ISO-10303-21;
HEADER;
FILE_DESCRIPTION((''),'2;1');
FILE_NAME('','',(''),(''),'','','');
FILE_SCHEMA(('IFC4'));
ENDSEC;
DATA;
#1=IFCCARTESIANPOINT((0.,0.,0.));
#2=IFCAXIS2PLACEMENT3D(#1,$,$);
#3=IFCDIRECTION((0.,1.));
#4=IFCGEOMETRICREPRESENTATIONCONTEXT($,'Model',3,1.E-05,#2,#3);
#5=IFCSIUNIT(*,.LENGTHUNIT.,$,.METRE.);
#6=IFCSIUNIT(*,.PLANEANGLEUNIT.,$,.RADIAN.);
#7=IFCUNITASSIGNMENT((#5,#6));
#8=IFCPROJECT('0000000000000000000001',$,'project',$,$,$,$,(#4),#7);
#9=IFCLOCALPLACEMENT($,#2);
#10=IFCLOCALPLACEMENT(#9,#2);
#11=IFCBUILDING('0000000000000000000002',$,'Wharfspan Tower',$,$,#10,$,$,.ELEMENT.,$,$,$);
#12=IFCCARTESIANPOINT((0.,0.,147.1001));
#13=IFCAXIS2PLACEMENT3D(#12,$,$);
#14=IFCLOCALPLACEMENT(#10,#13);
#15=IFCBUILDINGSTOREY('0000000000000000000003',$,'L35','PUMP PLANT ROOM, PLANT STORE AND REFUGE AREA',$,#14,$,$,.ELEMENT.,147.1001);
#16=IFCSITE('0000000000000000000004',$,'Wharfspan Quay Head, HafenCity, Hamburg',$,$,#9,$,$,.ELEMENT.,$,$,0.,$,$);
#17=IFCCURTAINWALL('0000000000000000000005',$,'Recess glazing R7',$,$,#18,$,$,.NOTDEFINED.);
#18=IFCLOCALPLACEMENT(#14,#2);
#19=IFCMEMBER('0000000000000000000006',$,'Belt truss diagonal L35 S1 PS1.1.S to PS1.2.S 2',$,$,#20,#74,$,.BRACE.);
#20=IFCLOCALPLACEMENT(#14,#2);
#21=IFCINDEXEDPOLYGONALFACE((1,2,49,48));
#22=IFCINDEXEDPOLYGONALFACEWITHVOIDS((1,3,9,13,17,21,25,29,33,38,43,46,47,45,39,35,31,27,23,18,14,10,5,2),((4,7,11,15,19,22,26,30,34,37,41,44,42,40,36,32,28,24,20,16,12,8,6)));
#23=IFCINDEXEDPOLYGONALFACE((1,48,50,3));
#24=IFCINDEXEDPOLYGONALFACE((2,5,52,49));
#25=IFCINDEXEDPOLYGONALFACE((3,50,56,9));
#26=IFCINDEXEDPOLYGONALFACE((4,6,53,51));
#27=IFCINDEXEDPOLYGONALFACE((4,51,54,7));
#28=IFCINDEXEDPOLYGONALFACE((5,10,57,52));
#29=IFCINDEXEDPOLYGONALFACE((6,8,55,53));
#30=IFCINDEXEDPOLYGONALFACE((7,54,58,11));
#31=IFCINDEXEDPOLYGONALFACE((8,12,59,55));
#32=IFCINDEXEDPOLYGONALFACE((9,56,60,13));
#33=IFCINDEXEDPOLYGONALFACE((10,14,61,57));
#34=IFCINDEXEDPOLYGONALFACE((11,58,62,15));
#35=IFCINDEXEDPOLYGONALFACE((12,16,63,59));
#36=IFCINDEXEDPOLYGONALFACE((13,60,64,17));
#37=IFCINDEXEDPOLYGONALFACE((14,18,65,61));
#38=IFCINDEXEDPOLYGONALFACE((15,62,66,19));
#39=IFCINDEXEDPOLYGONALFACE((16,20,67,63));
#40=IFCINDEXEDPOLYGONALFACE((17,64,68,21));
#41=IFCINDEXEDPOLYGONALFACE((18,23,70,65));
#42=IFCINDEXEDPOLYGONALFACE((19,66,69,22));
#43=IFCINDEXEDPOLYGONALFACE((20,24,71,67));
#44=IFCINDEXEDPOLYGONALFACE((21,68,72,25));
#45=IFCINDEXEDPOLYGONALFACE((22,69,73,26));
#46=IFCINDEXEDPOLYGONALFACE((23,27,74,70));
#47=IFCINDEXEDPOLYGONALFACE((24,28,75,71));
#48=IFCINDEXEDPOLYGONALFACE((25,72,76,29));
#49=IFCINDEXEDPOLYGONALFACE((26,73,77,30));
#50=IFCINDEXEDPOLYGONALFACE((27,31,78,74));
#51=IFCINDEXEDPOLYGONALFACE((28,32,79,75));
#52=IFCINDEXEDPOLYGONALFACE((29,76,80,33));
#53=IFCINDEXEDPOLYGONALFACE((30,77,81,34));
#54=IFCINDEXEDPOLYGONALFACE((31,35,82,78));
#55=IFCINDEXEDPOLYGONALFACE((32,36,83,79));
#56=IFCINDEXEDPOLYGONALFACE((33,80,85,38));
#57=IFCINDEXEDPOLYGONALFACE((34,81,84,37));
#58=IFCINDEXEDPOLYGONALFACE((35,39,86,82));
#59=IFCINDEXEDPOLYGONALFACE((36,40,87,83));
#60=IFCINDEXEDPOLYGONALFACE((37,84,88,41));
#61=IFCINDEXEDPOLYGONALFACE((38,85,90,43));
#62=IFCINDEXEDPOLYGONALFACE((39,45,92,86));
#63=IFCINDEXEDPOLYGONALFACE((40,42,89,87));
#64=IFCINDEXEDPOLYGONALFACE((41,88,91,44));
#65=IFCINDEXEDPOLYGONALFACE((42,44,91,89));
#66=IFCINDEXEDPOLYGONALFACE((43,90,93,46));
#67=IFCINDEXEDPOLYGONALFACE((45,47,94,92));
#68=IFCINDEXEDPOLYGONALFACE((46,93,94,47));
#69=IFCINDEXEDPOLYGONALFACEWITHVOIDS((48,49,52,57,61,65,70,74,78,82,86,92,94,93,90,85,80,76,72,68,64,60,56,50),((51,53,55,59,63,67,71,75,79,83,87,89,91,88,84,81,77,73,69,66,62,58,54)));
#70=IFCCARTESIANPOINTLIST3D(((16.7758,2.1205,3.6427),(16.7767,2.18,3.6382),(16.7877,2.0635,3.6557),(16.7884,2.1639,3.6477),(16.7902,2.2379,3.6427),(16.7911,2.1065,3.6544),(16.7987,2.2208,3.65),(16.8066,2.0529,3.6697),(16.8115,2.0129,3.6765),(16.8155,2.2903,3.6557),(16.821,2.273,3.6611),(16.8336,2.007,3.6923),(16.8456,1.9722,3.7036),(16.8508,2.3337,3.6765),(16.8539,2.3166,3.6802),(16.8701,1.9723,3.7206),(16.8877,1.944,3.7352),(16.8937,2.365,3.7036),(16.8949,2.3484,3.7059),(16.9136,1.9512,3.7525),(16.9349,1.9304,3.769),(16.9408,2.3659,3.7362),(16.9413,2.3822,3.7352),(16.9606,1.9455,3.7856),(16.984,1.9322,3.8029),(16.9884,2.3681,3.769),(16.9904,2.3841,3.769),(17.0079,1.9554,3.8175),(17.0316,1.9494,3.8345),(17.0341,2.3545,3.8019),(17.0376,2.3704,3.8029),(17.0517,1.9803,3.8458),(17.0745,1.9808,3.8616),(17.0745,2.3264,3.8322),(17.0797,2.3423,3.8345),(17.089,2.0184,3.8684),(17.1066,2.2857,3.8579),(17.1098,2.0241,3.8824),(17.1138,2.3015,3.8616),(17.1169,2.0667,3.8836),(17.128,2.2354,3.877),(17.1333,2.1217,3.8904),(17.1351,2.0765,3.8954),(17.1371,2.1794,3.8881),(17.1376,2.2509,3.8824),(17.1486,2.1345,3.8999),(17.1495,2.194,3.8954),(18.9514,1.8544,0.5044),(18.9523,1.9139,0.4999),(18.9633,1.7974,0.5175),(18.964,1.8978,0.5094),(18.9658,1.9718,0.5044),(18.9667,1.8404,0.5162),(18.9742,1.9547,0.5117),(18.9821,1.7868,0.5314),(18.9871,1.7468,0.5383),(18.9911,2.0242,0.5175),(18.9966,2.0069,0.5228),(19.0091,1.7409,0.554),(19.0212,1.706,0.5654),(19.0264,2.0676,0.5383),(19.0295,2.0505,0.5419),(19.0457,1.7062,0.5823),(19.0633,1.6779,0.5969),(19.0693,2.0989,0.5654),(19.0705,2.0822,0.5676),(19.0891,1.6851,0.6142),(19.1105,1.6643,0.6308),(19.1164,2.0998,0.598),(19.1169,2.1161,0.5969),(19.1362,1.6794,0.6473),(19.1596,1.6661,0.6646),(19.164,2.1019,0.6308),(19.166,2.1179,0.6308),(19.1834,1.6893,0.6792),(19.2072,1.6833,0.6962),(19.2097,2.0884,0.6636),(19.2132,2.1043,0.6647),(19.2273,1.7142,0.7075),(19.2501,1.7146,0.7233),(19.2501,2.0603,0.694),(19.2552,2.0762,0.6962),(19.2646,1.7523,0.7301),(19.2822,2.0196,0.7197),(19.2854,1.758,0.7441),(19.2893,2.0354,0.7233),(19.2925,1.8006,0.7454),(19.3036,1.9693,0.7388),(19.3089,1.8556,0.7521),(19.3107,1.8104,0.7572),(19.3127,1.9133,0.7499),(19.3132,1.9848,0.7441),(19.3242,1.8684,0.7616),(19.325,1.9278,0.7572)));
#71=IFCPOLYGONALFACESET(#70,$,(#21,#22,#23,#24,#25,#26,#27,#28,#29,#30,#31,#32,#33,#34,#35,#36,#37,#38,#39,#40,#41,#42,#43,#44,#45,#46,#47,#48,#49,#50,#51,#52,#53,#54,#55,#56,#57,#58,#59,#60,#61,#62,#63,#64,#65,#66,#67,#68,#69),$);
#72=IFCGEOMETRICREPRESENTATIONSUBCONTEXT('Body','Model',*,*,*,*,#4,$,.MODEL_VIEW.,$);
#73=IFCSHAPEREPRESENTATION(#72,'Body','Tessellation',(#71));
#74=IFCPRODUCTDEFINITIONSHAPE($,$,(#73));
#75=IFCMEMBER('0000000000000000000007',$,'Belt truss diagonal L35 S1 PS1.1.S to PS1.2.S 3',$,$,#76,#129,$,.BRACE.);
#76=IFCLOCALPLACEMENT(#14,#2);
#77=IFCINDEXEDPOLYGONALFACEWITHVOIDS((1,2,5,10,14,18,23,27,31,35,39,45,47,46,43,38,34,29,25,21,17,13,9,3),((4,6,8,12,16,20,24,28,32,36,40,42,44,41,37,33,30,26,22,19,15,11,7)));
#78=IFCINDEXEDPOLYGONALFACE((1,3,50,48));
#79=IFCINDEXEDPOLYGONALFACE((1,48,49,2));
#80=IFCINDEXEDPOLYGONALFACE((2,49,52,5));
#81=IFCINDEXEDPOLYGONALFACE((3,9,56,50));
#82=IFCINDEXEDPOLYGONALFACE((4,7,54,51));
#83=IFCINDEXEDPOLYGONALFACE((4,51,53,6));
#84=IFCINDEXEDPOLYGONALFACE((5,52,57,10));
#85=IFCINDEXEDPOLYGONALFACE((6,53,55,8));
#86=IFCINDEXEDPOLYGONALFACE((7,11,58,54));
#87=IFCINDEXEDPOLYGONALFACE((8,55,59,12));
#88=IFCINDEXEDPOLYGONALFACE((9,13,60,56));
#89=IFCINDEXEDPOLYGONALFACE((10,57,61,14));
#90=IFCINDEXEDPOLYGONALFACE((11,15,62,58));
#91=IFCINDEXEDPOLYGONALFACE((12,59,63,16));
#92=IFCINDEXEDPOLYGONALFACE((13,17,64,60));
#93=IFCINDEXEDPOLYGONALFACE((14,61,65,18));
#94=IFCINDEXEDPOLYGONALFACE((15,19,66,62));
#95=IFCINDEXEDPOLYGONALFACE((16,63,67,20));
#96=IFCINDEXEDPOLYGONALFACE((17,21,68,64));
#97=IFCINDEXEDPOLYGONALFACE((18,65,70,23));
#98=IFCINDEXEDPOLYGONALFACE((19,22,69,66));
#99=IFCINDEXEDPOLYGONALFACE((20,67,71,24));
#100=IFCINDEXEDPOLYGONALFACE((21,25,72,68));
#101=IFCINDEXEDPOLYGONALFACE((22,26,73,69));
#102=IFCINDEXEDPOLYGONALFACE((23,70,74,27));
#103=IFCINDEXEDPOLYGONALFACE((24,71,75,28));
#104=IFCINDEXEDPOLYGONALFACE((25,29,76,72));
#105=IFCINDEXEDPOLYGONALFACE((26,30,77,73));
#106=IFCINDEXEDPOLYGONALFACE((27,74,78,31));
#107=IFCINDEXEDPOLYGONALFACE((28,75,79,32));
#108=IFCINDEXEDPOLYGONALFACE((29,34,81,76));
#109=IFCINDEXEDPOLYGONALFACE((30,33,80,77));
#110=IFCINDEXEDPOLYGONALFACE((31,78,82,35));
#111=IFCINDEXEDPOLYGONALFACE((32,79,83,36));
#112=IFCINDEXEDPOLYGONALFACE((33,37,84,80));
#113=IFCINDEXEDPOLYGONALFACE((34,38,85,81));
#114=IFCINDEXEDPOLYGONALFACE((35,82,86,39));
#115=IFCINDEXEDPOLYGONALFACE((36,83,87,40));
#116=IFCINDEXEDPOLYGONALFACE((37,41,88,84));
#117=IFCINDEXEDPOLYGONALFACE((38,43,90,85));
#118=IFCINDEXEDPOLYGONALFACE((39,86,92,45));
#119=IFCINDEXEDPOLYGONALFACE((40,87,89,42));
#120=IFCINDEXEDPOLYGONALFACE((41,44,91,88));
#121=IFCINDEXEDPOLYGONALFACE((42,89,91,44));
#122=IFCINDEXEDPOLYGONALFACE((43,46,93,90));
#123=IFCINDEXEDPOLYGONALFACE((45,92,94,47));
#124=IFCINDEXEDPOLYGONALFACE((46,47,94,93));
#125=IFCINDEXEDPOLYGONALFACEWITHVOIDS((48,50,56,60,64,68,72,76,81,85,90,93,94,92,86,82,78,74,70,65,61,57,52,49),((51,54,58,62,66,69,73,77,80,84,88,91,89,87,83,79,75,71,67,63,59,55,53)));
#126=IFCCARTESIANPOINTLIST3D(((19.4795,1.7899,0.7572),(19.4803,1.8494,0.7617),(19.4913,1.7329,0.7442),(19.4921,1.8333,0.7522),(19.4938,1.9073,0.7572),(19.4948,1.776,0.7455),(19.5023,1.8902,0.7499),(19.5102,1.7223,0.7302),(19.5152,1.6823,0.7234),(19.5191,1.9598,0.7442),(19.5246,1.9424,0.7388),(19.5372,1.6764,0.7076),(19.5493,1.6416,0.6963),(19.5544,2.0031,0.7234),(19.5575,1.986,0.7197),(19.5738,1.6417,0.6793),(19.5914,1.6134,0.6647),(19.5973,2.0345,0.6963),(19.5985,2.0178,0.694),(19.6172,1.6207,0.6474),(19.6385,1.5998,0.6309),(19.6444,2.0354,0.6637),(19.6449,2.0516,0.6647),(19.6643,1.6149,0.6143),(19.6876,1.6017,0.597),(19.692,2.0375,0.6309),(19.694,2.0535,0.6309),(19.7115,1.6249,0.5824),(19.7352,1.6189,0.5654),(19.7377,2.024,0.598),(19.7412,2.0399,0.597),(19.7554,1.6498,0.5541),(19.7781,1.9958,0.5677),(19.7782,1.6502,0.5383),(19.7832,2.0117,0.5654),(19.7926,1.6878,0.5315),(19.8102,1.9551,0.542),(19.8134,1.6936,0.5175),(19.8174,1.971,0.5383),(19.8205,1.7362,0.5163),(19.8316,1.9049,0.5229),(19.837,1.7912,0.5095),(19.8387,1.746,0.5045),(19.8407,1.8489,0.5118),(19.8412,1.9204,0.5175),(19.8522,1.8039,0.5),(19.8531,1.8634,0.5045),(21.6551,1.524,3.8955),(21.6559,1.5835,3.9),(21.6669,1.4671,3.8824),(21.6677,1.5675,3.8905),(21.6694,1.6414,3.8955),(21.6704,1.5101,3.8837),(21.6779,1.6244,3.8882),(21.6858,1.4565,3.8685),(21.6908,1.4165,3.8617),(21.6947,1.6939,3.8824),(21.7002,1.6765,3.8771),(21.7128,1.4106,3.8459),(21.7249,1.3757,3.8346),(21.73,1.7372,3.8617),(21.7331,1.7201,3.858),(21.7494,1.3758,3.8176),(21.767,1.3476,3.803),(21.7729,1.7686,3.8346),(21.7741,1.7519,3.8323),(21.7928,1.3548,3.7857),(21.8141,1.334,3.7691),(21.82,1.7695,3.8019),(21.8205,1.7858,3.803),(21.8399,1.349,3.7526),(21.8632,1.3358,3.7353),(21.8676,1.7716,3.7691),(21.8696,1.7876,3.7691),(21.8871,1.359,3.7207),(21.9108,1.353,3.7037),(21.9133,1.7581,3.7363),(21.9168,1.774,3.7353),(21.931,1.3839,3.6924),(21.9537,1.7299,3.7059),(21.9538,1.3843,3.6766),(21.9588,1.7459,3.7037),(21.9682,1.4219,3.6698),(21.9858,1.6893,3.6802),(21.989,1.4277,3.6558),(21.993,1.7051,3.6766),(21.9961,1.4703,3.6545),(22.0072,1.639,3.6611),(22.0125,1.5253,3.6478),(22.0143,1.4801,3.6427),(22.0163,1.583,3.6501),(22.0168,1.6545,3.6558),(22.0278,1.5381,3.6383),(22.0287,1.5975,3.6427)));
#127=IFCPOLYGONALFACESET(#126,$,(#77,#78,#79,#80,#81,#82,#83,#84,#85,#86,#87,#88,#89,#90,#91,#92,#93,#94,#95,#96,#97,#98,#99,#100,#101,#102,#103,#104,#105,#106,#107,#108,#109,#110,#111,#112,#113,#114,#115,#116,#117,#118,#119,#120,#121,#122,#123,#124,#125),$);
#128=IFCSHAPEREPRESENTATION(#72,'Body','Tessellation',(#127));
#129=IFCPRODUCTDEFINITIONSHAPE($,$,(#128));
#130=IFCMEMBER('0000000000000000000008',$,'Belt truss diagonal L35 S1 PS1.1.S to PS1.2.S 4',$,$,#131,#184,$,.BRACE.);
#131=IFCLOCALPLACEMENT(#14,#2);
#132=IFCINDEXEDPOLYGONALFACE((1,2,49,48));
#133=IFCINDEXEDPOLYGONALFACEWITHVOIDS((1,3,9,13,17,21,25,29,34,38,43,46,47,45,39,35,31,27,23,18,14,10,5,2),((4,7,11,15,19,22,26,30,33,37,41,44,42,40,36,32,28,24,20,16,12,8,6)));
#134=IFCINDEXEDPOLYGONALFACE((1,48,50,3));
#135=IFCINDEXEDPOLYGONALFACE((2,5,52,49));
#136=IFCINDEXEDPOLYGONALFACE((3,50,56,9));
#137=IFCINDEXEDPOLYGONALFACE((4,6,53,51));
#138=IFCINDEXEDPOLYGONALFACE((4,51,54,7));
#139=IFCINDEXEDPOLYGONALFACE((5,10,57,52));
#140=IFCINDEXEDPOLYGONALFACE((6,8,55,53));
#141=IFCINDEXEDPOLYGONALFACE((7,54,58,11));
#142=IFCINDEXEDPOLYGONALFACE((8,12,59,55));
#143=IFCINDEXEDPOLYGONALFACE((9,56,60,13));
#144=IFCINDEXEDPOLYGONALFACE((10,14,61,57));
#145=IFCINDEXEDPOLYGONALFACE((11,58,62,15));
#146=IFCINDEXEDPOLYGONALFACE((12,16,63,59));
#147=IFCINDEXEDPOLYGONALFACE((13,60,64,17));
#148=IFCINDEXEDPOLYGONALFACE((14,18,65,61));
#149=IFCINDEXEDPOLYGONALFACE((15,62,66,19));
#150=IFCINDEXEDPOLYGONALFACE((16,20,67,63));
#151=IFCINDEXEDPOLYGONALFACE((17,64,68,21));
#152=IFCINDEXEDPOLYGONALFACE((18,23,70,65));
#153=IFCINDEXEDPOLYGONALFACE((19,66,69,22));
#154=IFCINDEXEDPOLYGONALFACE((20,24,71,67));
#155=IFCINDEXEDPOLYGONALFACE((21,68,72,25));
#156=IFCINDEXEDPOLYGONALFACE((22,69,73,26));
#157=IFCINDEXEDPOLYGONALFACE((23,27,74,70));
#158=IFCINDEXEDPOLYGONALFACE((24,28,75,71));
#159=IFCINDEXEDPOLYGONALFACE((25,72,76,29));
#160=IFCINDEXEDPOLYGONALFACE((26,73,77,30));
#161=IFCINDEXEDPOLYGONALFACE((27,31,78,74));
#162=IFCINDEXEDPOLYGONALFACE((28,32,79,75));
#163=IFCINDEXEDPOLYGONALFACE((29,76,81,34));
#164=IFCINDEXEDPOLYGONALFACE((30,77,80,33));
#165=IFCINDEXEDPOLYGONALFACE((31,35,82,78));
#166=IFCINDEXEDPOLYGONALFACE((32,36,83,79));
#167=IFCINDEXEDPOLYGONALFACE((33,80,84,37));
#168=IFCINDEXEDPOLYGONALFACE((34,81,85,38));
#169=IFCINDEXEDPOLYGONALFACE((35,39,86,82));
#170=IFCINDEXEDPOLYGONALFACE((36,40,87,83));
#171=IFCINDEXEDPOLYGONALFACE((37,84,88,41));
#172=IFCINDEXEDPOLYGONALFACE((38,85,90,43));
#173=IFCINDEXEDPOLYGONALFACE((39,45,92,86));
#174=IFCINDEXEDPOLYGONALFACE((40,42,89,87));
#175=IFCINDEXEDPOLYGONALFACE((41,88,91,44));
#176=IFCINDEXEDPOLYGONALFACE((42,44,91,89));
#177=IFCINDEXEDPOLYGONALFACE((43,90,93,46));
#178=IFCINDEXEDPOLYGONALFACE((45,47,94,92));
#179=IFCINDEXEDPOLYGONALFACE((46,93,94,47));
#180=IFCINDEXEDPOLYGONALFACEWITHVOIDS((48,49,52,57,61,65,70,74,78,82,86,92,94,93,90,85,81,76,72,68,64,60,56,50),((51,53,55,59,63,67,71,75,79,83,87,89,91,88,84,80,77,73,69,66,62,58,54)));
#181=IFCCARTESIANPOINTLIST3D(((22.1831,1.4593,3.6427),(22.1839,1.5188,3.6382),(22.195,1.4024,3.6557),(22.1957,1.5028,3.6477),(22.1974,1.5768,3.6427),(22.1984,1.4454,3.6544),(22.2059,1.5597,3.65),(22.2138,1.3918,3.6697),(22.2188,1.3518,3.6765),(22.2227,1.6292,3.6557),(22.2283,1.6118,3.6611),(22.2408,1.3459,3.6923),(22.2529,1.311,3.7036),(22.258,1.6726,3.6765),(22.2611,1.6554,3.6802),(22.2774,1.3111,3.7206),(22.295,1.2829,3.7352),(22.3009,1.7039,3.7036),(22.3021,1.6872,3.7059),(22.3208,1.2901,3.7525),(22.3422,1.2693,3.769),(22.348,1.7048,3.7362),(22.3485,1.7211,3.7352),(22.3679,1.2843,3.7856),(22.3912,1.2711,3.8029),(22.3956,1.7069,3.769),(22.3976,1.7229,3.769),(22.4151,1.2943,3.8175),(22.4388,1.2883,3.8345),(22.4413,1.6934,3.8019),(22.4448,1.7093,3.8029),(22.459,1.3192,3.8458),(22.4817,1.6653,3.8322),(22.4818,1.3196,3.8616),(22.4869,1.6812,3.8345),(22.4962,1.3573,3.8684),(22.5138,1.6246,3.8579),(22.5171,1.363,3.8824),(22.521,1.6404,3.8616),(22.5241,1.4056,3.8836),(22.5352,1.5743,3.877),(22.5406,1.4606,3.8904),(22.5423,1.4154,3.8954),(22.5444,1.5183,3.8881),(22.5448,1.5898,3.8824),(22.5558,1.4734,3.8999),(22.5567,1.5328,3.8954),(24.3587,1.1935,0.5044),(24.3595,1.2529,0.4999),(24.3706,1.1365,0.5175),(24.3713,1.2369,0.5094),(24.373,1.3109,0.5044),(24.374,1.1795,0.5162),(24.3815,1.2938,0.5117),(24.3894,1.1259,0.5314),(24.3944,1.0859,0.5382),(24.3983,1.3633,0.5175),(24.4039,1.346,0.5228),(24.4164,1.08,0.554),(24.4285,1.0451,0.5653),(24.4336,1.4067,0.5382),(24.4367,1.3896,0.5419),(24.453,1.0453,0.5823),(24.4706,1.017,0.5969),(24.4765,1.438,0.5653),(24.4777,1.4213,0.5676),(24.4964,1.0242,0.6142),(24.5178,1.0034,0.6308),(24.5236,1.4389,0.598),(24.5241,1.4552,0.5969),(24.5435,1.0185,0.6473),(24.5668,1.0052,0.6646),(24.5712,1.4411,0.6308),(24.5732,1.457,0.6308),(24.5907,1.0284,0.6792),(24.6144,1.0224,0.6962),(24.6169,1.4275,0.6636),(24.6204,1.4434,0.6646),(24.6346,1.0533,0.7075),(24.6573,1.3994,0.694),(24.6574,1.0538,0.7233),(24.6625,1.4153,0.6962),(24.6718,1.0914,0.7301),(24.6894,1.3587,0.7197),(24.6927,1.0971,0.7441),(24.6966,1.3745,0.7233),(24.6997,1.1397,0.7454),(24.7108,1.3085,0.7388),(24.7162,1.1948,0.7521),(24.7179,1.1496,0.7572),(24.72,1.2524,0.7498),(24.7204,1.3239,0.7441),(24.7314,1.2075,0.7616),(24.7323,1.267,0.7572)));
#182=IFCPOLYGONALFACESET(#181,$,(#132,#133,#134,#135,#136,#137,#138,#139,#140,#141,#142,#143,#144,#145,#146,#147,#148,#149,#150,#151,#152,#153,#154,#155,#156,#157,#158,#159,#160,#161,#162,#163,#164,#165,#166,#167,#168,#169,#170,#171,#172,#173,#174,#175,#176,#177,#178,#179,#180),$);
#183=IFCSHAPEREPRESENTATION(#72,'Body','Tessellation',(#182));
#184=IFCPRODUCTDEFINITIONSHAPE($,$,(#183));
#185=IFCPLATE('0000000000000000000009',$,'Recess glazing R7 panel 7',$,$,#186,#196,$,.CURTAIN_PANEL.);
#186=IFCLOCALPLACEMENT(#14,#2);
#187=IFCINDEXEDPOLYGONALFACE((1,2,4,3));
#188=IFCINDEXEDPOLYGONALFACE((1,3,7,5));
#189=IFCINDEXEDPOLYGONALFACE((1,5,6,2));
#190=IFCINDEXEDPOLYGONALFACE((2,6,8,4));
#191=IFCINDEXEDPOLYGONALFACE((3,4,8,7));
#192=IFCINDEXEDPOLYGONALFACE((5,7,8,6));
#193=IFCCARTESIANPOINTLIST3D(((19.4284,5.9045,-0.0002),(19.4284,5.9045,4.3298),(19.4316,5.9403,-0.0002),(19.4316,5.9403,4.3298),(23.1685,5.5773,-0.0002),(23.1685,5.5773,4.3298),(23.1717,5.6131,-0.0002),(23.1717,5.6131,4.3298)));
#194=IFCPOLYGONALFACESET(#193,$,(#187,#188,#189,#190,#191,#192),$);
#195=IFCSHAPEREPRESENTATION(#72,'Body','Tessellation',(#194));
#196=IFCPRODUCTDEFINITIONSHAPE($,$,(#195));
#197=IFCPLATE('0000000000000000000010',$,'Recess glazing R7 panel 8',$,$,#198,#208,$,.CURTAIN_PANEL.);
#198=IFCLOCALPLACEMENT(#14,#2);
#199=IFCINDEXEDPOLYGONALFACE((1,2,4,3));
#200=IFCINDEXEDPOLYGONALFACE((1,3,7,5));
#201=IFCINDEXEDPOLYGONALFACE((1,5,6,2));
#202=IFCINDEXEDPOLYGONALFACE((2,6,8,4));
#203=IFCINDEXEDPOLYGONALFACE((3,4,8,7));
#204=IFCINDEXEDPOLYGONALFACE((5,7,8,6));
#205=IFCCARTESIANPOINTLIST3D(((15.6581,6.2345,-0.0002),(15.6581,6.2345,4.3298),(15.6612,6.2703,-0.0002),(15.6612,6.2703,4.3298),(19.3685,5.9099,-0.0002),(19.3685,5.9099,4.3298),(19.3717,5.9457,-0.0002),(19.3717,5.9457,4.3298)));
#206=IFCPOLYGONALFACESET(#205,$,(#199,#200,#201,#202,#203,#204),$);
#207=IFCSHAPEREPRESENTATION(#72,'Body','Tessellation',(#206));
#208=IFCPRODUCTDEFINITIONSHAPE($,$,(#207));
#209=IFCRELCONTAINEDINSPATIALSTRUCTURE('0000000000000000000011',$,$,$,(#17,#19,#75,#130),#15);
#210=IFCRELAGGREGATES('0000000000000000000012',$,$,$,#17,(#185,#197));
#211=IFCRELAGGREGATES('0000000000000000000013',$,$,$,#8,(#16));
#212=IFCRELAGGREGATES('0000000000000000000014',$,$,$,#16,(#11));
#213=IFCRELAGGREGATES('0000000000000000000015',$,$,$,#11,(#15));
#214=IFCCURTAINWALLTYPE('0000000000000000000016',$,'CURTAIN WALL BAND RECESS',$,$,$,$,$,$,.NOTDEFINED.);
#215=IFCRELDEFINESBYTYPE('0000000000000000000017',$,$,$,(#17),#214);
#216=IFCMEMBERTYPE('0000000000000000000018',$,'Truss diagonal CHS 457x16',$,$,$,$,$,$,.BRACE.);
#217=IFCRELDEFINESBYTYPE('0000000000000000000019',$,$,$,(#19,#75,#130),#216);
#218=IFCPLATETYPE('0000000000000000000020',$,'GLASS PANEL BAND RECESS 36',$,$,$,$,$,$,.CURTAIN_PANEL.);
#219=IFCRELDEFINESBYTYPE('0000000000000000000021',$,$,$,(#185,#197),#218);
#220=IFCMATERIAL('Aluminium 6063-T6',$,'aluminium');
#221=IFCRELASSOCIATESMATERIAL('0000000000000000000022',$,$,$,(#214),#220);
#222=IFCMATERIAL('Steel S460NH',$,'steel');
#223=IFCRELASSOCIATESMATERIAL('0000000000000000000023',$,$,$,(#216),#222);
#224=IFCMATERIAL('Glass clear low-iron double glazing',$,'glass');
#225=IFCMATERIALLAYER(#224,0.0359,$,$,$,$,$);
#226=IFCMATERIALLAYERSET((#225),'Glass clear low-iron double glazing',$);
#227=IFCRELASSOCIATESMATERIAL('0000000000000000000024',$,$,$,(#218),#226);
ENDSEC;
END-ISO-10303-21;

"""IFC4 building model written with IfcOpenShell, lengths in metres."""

from ifc_helpers import new_model, si_unit, direction, frame, origin, origin_2d, place, context, subcontext, project, spatial, rectangle, hollow_circle, extrude, material, layer, layer_set, material_profile, profile_set, type_object, element, aggregate, save


model = new_model("IFC4")

# Units and contexts
model_context = context("Model", 3, precision=1e-05, world=origin(), true_north=direction((0.0, 1.0)))
body_context = subcontext(model_context, "Body", "Model", "MODEL_VIEW")
ifc_project = project(units=[si_unit("LENGTHUNIT", "METRE"), si_unit("PLANEANGLEUNIT", "RADIAN")], contexts=[model_context])

# Site, building, storey
site_placement = place(None, origin())
site = spatial("IfcSite", under=ifc_project, at=site_placement, Name="Wharfspan Quay Head, HafenCity, Hamburg", CompositionType="ELEMENT", RefElevation=0.0)
building_placement = place(site_placement, origin())
building = spatial("IfcBuilding", under=site, at=building_placement, Name="Wharfspan Tower", CompositionType="ELEMENT")
storey_placement = place(building_placement, frame((0.0, 0.0, 147.1001)))
storey = spatial("IfcBuildingStorey", under=building, at=storey_placement, Name="L35", Description="PUMP PLANT ROOM, PLANT STORE AND REFUGE AREA", CompositionType="ELEMENT", Elevation=147.1001)

# Curtain wall
ifc_material_1 = material(Name="Aluminium 6063-T6", Category="aluminium")
curtain_wall_type = type_object("IfcCurtainWallType", Name="CURTAIN WALL BAND RECESS", PredefinedType="NOTDEFINED", material=ifc_material_1)
curtain_wall_placement = place(storey_placement, origin())
curtain_wall = element("IfcCurtainWall", 1, at=curtain_wall_placement, inside=storey, type_object=curtain_wall_type, Name="Recess glazing R7", PredefinedType="NOTDEFINED")

# Members
ifc_material_2 = material(Name="Steel S460NH", Category="steel")
ifc_material_profile_1 = material_profile(ifc_material_2, hollow_circle(Radius=0.2285, WallThickness=0.0161, at=origin_2d()))
ifc_profile_set_1 = profile_set([ifc_material_profile_1], Name="Steel S460NH")
member_type_1 = type_object("IfcMemberType", Name="Truss diagonal CHS 457x16", PredefinedType="BRACE", material=ifc_profile_set_1)
for number, where, z_axis, x_axis, name in (
    (2, (16.9626, 2.1572, 3.769), (0.568353, -0.069521, -0.819842), (0.12142, 0.992606, 0.000003), "Belt truss diagonal L35 S1 PS1.1.S to PS1.2.S 2"),
    (3, (19.6663, 1.8267, 0.6309), (0.568356, -0.069458, 0.819846), (0.121309, 0.992615, -0.000002), "Belt truss diagonal L35 S1 PS1.1.S to PS1.2.S 3"),
    (4, (22.3699, 1.4961, 3.769), (0.568356, -0.069458, -0.819846), (0.121309, 0.992615, 0.000002), "Belt truss diagonal L35 S1 PS1.1.S to PS1.2.S 4"),
):
    element("IfcMember", number, at=place(storey_placement, frame(where, z_axis=z_axis, x_axis=x_axis)), inside=storey, type_object=member_type_1, Name=name, PredefinedType="BRACE", context=body_context, shape_type="SweptSolid", body=[
        extrude(hollow_circle(Radius=0.2285, WallThickness=0.0161, at=origin_2d()), origin(), (0.0, 0.0, 1.0), 3.8279),
    ])

# Plates
ifc_material_3 = material(Name="Glass clear low-iron double glazing", Category="glass")
ifc_layer_1 = layer(ifc_material_3, 0.0359)
ifc_layer_set_1 = layer_set([ifc_layer_1], Name="Glass clear low-iron double glazing")
plate_type = type_object("IfcPlateType", Name="GLASS PANEL BAND RECESS 36", PredefinedType="CURTAIN_PANEL", material=ifc_layer_set_1)
plate_1_placement = place(storey_placement, frame((21.3, 5.7588, -0.0002), z_axis=(0.0, 0.0, 1.0), x_axis=(-0.996198, 0.087156, 0.0)))
plate_1 = element("IfcPlate", 5, at=plate_1_placement, type_object=plate_type, Name="Recess glazing R7 panel 7", PredefinedType="CURTAIN_PANEL", context=body_context, shape_type="SweptSolid", body=[
    extrude(rectangle(XDim=3.7544, YDim=0.0359, at=origin_2d()), origin(), (0.0, 0.0, 1.0), 4.3301),
])
plate_2_placement = place(storey_placement, frame((17.5149, 6.0901, -0.0002), z_axis=(0.0, 0.0, 1.0), x_axis=(-0.996198, 0.087156, 0.0)))
plate_2 = element("IfcPlate", 6, at=plate_2_placement, type_object=plate_type, Name="Recess glazing R7 panel 8", PredefinedType="CURTAIN_PANEL", context=body_context, shape_type="SweptSolid", body=[
    extrude(rectangle(XDim=3.7246, YDim=0.0359, at=origin_2d()), origin(), (0.0, 0.0, 1.0), 4.3301),
])
aggregate(curtain_wall, [plate_1, plate_2])

save(model, "model.ifc")
